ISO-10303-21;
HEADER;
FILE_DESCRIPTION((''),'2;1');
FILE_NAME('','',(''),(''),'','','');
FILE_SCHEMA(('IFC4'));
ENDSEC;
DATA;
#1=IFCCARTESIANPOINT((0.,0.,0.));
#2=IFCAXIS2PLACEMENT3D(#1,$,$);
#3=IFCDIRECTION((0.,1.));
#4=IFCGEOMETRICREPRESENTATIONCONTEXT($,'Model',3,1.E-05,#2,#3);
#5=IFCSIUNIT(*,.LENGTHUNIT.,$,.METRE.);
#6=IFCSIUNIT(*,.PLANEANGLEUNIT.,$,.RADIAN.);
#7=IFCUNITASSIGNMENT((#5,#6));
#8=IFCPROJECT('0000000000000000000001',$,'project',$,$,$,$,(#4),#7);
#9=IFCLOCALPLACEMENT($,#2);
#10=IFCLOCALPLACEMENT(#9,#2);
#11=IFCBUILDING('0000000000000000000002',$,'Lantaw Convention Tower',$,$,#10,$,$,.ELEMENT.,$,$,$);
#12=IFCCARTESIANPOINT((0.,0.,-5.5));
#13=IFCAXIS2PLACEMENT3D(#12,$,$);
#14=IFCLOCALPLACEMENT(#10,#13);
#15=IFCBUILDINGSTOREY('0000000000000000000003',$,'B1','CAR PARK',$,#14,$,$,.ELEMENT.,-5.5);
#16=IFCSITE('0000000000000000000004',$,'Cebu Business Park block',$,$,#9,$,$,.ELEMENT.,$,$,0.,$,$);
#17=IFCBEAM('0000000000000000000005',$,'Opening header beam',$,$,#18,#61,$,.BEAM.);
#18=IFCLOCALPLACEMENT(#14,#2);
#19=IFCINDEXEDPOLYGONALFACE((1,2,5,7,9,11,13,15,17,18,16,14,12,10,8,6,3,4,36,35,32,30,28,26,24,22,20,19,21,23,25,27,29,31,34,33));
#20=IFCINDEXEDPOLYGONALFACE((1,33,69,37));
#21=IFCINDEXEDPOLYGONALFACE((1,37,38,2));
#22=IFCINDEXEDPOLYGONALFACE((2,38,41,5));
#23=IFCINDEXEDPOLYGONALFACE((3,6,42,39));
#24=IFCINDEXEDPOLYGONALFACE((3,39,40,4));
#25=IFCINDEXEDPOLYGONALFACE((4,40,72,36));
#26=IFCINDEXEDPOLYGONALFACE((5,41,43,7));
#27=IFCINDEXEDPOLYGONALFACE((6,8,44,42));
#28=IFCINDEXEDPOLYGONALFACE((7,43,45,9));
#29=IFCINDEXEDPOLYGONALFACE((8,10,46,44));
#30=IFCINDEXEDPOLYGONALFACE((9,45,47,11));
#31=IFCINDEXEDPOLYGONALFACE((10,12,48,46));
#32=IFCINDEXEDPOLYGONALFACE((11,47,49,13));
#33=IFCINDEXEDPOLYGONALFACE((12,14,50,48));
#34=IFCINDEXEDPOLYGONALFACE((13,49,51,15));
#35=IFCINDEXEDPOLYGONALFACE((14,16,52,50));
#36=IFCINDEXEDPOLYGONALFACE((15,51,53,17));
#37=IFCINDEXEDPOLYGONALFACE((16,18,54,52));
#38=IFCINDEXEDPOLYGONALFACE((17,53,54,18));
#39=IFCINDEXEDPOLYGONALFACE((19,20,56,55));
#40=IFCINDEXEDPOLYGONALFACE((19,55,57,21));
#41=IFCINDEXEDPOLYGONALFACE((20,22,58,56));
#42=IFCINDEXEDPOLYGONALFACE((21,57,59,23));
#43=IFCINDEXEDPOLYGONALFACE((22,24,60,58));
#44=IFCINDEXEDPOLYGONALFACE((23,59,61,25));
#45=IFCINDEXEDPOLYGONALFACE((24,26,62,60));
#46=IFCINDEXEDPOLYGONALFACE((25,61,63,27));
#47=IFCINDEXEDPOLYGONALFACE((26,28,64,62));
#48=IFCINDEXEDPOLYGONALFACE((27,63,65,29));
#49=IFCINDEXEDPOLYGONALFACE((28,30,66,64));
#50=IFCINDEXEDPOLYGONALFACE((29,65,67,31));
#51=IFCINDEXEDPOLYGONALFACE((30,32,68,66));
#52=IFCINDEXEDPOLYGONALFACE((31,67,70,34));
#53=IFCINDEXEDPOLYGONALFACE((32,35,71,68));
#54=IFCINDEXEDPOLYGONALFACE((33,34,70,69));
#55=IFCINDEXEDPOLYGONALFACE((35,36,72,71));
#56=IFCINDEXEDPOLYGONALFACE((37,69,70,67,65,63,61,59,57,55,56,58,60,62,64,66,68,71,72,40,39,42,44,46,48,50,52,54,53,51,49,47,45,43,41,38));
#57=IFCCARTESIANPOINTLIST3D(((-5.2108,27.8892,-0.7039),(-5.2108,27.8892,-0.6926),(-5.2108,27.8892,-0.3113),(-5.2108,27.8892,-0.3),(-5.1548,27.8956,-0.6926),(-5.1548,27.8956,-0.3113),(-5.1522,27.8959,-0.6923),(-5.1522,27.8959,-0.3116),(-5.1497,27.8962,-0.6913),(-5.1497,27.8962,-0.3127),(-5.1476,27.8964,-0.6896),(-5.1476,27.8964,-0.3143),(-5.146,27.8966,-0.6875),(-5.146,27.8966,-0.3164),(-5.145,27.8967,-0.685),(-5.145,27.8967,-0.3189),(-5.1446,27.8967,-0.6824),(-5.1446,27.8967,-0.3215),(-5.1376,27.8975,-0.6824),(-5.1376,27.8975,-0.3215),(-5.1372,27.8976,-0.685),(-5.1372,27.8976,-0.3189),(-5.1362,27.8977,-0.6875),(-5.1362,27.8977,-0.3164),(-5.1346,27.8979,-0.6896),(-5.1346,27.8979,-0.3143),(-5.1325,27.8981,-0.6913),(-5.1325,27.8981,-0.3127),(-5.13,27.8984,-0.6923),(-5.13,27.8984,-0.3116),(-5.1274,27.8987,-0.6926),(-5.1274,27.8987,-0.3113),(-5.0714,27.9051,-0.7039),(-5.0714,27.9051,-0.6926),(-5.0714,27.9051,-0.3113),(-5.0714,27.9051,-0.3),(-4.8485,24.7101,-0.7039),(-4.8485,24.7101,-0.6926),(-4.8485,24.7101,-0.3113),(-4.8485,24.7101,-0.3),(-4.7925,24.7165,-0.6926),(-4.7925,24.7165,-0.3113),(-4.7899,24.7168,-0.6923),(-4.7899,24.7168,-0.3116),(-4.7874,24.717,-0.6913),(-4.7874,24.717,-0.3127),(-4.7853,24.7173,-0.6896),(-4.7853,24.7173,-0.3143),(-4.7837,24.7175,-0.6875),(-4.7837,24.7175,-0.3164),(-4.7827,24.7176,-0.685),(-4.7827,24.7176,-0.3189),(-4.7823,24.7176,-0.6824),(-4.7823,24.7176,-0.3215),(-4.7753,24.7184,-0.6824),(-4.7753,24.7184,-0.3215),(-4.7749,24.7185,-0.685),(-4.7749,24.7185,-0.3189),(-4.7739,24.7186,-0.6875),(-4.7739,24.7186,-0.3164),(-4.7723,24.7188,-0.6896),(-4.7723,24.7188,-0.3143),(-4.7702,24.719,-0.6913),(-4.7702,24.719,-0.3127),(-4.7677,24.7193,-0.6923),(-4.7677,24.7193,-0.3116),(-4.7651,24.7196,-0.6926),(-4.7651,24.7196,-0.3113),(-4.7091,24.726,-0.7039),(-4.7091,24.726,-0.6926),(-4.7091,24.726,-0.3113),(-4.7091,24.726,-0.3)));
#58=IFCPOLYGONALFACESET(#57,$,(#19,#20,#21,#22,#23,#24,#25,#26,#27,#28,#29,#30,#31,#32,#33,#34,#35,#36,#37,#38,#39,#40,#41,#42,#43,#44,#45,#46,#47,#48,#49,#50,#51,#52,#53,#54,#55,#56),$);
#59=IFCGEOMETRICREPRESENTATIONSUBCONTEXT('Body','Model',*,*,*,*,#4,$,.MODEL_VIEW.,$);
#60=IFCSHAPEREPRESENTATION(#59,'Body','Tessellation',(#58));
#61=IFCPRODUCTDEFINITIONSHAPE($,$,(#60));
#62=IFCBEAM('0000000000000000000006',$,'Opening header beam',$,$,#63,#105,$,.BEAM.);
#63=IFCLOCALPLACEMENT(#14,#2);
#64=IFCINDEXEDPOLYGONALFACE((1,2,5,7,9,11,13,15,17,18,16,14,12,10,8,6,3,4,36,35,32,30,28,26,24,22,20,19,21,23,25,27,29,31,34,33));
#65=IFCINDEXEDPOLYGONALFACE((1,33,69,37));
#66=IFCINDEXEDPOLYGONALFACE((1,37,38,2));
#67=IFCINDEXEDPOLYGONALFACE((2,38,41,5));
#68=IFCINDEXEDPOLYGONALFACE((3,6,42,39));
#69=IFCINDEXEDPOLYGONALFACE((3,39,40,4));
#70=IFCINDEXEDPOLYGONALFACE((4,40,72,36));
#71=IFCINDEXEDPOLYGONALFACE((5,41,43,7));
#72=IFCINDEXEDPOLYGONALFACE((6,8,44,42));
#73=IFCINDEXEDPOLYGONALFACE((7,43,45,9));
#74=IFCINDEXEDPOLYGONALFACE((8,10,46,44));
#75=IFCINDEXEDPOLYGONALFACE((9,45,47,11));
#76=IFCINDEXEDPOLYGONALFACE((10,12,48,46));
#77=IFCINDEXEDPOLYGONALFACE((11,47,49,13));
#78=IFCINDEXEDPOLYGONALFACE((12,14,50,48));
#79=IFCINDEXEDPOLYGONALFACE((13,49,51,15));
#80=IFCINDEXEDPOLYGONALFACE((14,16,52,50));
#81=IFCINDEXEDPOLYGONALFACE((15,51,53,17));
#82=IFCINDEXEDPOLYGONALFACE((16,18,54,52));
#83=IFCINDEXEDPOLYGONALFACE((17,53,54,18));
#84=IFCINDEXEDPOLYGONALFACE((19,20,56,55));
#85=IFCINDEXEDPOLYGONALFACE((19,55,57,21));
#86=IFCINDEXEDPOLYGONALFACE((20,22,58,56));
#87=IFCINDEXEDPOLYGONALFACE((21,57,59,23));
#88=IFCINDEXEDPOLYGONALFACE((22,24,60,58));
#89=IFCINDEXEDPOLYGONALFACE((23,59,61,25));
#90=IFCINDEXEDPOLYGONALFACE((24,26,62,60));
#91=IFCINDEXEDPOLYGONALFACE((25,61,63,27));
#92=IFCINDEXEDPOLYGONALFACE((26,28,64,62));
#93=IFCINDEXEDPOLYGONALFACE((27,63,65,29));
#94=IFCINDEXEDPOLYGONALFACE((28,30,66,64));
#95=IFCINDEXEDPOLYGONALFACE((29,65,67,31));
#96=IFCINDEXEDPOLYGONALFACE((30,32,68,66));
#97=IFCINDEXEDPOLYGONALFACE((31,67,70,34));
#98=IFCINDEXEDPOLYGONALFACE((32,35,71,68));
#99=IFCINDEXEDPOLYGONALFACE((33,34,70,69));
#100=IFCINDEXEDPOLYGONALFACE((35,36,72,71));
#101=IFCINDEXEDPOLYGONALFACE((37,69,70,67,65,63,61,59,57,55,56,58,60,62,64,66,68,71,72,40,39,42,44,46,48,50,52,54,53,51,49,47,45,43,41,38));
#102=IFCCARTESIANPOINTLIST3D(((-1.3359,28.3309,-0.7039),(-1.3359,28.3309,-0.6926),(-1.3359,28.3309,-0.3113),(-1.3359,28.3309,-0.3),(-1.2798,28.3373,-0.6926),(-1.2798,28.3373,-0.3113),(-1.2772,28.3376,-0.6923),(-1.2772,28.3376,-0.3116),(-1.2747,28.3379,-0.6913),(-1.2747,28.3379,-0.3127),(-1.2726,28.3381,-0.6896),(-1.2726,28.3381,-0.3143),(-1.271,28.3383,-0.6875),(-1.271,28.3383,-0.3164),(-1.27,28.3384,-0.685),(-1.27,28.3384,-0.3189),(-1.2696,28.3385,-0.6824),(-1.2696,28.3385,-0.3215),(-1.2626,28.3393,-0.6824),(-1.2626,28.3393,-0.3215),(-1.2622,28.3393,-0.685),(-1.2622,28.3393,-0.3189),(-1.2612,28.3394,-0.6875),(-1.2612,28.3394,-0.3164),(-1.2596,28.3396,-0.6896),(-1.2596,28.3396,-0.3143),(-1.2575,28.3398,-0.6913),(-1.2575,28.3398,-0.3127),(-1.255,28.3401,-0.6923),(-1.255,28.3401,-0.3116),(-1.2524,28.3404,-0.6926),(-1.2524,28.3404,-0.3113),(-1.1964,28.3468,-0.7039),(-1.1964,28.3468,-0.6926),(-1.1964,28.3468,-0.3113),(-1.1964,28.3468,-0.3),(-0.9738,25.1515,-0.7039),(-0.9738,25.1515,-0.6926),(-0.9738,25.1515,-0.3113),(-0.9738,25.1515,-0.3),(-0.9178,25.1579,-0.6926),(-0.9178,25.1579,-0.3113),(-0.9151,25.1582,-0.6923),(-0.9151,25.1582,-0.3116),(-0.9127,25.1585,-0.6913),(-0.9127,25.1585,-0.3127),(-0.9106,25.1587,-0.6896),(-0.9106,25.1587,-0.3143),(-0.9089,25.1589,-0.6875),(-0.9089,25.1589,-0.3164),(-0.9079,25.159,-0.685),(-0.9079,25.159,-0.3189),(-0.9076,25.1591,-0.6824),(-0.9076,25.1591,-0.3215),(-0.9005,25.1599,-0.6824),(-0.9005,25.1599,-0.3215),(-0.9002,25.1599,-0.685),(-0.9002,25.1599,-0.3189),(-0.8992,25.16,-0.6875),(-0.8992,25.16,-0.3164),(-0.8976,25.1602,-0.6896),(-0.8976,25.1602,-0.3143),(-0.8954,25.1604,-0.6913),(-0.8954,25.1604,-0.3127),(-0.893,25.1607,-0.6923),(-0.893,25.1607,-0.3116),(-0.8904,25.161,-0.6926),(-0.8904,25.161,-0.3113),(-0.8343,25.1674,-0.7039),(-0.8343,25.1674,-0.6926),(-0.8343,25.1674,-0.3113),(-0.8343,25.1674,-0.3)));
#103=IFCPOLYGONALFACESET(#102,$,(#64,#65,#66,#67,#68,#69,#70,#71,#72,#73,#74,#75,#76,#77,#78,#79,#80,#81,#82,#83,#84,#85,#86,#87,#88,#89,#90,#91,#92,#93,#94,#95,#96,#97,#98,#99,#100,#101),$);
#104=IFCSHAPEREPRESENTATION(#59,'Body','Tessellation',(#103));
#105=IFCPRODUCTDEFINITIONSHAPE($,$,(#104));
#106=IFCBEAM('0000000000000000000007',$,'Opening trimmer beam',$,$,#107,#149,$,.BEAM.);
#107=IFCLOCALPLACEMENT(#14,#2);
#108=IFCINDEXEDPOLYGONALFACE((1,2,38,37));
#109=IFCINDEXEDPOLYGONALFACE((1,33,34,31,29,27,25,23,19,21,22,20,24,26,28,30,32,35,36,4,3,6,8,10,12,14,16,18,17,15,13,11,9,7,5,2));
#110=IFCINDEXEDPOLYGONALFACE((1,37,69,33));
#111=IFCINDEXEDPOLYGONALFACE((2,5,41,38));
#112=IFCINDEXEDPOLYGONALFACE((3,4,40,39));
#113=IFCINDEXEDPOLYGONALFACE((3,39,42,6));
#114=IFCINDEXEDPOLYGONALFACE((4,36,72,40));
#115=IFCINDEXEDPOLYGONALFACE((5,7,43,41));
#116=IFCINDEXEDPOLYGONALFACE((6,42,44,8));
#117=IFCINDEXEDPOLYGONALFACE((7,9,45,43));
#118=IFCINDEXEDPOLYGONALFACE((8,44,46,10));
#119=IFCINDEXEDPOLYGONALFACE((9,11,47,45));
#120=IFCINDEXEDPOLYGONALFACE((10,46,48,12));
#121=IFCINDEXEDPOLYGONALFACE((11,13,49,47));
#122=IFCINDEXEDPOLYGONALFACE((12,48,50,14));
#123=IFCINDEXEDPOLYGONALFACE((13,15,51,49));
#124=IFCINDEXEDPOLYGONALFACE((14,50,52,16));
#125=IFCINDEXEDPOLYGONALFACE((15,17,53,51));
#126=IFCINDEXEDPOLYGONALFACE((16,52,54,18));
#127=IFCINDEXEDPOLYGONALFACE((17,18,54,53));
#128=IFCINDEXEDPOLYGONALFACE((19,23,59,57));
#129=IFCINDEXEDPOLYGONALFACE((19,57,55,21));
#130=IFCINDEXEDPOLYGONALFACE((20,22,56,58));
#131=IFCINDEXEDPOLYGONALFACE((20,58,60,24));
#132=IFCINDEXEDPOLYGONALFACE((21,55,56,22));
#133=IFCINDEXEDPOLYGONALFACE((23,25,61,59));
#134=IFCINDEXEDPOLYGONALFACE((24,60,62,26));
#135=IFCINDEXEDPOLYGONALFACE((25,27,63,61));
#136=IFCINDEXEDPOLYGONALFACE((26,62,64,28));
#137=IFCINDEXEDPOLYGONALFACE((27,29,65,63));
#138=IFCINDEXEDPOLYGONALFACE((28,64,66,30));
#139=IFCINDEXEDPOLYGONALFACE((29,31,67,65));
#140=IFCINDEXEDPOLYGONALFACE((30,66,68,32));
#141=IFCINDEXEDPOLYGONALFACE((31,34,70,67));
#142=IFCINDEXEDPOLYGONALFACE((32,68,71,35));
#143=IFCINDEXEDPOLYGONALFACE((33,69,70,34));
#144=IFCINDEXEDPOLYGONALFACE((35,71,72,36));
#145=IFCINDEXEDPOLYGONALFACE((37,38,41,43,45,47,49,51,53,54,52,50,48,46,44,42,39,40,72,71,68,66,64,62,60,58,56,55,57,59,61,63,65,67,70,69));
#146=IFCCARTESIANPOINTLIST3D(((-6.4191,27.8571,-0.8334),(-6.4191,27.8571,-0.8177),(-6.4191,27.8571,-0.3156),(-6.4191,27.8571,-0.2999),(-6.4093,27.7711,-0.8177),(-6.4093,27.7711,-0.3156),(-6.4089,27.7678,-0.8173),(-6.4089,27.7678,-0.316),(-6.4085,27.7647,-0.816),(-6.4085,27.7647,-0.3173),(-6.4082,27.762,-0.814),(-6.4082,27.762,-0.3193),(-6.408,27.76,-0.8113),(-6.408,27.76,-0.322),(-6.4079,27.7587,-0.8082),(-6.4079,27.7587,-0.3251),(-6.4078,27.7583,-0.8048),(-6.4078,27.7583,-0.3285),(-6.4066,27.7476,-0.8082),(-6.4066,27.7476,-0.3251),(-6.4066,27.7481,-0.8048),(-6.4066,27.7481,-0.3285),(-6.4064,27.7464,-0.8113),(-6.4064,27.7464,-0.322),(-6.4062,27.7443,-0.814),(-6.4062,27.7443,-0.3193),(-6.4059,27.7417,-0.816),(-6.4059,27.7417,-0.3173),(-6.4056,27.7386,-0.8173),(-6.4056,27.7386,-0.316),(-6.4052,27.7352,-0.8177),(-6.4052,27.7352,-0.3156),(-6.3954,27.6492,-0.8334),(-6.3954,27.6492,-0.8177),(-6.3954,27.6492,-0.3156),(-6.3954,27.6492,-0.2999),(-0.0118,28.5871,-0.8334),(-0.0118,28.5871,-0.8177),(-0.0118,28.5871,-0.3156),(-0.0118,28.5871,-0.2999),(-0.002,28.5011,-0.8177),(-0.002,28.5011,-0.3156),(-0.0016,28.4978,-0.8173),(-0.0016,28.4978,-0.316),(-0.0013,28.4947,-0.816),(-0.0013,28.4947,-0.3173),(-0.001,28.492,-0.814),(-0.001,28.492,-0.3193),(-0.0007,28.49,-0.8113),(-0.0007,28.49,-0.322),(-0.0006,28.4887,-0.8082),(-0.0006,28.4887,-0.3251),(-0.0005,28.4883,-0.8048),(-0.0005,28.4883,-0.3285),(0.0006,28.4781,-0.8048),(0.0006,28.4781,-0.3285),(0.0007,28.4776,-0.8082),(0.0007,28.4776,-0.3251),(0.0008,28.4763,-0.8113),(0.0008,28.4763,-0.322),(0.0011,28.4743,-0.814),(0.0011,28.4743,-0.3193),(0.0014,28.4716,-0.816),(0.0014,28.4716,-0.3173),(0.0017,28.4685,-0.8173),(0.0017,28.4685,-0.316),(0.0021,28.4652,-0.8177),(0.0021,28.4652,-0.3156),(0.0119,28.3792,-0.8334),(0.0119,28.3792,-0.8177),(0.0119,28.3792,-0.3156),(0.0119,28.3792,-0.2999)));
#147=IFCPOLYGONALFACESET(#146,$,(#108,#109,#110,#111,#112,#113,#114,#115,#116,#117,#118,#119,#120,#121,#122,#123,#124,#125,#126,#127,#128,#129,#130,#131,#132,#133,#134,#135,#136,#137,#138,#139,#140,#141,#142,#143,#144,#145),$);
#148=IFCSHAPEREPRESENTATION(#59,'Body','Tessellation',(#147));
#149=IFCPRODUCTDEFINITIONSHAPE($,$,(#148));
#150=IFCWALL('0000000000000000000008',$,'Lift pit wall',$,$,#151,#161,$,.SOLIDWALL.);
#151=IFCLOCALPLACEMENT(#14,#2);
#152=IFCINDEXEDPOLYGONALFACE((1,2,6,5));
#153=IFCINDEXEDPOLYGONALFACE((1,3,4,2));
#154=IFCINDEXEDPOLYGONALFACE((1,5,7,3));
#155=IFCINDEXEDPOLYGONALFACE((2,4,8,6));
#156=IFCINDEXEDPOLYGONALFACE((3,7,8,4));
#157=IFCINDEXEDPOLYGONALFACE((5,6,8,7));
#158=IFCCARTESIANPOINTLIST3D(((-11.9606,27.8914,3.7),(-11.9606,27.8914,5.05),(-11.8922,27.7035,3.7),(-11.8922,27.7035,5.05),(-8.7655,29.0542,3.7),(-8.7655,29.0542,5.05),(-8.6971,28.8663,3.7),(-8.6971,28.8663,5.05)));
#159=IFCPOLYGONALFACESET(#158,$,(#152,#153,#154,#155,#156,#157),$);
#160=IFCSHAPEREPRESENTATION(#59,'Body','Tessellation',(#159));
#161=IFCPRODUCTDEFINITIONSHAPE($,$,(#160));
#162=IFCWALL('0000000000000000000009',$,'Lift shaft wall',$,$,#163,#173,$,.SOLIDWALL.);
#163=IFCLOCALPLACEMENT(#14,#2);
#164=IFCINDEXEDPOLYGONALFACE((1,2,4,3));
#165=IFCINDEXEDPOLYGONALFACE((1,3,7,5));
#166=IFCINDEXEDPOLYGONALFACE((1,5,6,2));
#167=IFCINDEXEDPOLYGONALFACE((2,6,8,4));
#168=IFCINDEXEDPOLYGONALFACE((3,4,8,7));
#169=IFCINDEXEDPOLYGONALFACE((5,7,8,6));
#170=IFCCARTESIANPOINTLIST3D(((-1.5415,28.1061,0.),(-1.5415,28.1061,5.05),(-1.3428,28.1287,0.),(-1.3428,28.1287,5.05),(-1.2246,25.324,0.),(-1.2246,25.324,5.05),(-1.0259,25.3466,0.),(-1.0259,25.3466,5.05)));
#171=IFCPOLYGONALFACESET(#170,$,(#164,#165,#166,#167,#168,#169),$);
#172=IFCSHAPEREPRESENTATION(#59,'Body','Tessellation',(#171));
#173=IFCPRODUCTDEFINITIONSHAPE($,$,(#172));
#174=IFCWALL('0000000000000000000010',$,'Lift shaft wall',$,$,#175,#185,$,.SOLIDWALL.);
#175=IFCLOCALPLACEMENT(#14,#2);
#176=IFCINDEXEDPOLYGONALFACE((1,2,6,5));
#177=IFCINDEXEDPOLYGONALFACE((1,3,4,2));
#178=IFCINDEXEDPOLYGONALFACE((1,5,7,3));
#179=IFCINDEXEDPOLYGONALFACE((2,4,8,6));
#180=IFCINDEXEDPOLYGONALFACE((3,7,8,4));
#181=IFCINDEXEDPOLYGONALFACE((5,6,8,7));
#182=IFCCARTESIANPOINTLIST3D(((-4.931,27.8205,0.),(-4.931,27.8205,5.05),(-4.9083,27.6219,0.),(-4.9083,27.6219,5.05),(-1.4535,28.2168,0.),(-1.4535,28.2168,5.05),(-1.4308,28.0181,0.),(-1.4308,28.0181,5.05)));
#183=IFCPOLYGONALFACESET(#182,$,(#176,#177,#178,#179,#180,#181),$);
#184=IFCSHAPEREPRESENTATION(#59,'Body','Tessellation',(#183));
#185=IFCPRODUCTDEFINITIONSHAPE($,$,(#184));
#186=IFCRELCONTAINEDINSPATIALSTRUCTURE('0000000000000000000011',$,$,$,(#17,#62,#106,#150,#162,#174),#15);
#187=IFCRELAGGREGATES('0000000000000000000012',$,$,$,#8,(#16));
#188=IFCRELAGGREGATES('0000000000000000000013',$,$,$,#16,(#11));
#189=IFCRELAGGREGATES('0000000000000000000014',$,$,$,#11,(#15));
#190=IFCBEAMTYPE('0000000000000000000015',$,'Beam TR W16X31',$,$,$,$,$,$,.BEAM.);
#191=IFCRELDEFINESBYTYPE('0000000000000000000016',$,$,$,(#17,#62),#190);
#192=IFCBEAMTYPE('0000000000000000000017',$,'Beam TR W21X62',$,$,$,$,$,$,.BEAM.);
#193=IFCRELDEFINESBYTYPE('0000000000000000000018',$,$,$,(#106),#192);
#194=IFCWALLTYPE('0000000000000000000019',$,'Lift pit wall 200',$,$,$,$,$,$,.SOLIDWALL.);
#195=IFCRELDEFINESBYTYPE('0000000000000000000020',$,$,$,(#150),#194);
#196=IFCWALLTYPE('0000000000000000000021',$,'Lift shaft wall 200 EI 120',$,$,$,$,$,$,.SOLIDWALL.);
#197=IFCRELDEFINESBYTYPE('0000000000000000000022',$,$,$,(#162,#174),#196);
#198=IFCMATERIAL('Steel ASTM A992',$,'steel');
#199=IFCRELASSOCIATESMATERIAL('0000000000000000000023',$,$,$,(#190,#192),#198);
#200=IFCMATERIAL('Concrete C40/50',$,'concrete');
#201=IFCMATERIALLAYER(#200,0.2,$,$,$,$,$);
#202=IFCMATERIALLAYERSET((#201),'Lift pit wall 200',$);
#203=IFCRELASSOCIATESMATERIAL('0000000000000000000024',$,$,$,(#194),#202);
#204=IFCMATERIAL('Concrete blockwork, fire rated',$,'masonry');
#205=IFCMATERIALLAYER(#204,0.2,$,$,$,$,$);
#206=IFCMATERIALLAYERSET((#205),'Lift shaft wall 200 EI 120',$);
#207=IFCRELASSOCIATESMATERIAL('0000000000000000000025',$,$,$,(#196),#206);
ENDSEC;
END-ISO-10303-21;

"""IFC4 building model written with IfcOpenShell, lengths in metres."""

from ifc_helpers import new_model, si_unit, direction, frame, frame_2d, origin, origin_2d, place, context, subcontext, project, spatial, rectangle, i_section, extrude, material, layer, layer_set, material_profile, profile_set, type_object, element, save


model = new_model("IFC4")

# Units and contexts
model_context = context("Model", 3, precision=1e-05, world=origin(), true_north=direction((0.0, 1.0)))
body_context = subcontext(model_context, "Body", "Model", "MODEL_VIEW")
ifc_project = project(units=[si_unit("LENGTHUNIT", "METRE"), si_unit("PLANEANGLEUNIT", "RADIAN")], contexts=[model_context])

# Site, building, storey
site_placement = place(None, origin())
site = spatial("IfcSite", under=ifc_project, at=site_placement, Name="Cebu Business Park block", CompositionType="ELEMENT", RefElevation=0.0)
building_placement = place(site_placement, origin())
building = spatial("IfcBuilding", under=site, at=building_placement, Name="Lantaw Convention Tower", CompositionType="ELEMENT")
storey_placement = place(building_placement, frame((0.0, 0.0, -5.5)))
storey = spatial("IfcBuildingStorey", under=building, at=storey_placement, Name="B1", Description="CAR PARK", CompositionType="ELEMENT", Elevation=-5.5)

# Beams
ifc_material_1 = material(Name="Steel ASTM A992", Category="steel")
ifc_material_profile_1 = material_profile(ifc_material_1, i_section(OverallWidth=0.1404, OverallDepth=0.4038, WebThickness=0.0071, FlangeThickness=0.0112, FilletRadius=0.0103, at=origin_2d()), Name="W16X31")
ifc_profile_set_1 = profile_set([ifc_material_profile_1], Name="Steel ASTM A992")
beam_type_1 = type_object("IfcBeamType", Name="Beam TR W16X31", PredefinedType="BEAM", material=ifc_profile_set_1)
beam_1_placement = place(storey_placement, frame((-4.7788, 24.718, -0.502), z_axis=(-0.113228, 0.993569, 0.0), x_axis=(-0.993569, -0.113228, 0.0)))
element("IfcBeam", 1, at=beam_1_placement, inside=storey, type_object=beam_type_1, Name="Opening header beam", PredefinedType="BEAM", context=body_context, shape_type="SweptSolid", body=[
    extrude(i_section(OverallWidth=0.1404, OverallDepth=0.4038, WebThickness=0.0071, FlangeThickness=0.0112, FilletRadius=0.0103, at=origin_2d()), origin(), (0.0, 0.0, 1.0), 3.1997),
])
beam_2_placement = place(storey_placement, frame((-1.2661, 28.3389, -0.502), z_axis=(0.113144, -0.993579, 0.0), x_axis=(0.993579, 0.113144, 0.0)))
element("IfcBeam", 2, at=beam_2_placement, inside=storey, type_object=beam_type_1, Name="Opening header beam", PredefinedType="BEAM", context=body_context, shape_type="SweptSolid", body=[
    extrude(i_section(OverallWidth=0.1404, OverallDepth=0.4038, WebThickness=0.0071, FlangeThickness=0.0112, FilletRadius=0.0103, at=origin_2d()), origin(), (0.0, 0.0, 1.0), 3.2),
])
ifc_material_profile_2 = material_profile(ifc_material_1, i_section(OverallWidth=0.2092, OverallDepth=0.5334, WebThickness=0.0103, FlangeThickness=0.0156, FilletRadius=0.0129, at=origin_2d()), Name="W21X62")
ifc_profile_set_2 = profile_set([ifc_material_profile_2], Name="Steel ASTM A992")
beam_type_2 = type_object("IfcBeamType", Name="Beam TR W21X62", PredefinedType="BEAM", material=ifc_profile_set_2)
beam_3_placement = place(storey_placement, frame((-6.4072, 27.7532, -0.5667), z_axis=(0.993572, 0.113199, 0.0), x_axis=(-0.113199, 0.993572, 0.0)))
element("IfcBeam", 3, at=beam_3_placement, inside=storey, type_object=beam_type_2, Name="Opening trimmer beam", PredefinedType="BEAM", context=body_context, shape_type="SweptSolid", body=[
    extrude(i_section(OverallWidth=0.2092, OverallDepth=0.5334, WebThickness=0.0103, FlangeThickness=0.0156, FilletRadius=0.0129, at=origin_2d()), origin(), (0.0, 0.0, 1.0), 6.4487),
])

# Walls
ifc_material_2 = material(Name="Concrete C40/50", Category="concrete")
ifc_layer_1 = layer(ifc_material_2, 0.2)
ifc_layer_set_1 = layer_set([ifc_layer_1], Name="Lift pit wall 200")
wall_type_1 = type_object("IfcWallType", Name="Lift pit wall 200", PredefinedType="SOLIDWALL", material=ifc_layer_set_1)
wall_1_placement = place(storey_placement, frame((-11.9265, 27.7974, 3.7), z_axis=(0.0, 0.0, 1.0), x_axis=(0.939699, 0.342002, 0.0)))
element("IfcWall", 4, at=wall_1_placement, inside=storey, type_object=wall_type_1, Name="Lift pit wall", PredefinedType="SOLIDWALL", context=body_context, shape_type="SweptSolid", body=[
    extrude(rectangle(XDim=3.4001, YDim=0.2, at=frame_2d((1.7002, 0.0))), origin(), (0.0, 0.0, 1.0), 1.3501),
])
ifc_material_3 = material(Name="Concrete blockwork, fire rated", Category="masonry")
ifc_layer_2 = layer(ifc_material_3, 0.2)
ifc_layer_set_2 = layer_set([ifc_layer_2], Name="Lift shaft wall 200 EI 120")
wall_type_2 = type_object("IfcWallType", Name="Lift shaft wall 200 EI 120", PredefinedType="SOLIDWALL", material=ifc_layer_set_2)
wall_2_placement = place(storey_placement, frame((-1.1252, 25.3354, 0.0), z_axis=(0.0, 0.0, 1.0), x_axis=(-0.113178, 0.993575, 0.0)))
element("IfcWall", 5, at=wall_2_placement, inside=storey, type_object=wall_type_2, Name="Lift shaft wall", PredefinedType="SOLIDWALL", context=body_context, shape_type="SweptSolid", body=[
    extrude(rectangle(XDim=2.8, YDim=0.2, at=frame_2d((1.3999, 0.0))), origin(), (0.0, 0.0, 1.0), 5.05),
])
wall_3_placement = place(storey_placement, frame((-1.4421, 28.1174, 0.0), z_axis=(0.0, 0.0, 1.0), x_axis=(-0.993571, -0.11321, 0.0)))
element("IfcWall", 6, at=wall_3_placement, inside=storey, type_object=wall_type_2, Name="Lift shaft wall", PredefinedType="SOLIDWALL", context=body_context, shape_type="SweptSolid", body=[
    extrude(rectangle(XDim=3.5, YDim=0.2, at=frame_2d((1.75, 0.0))), origin(), (0.0, 0.0, 1.0), 5.05),
])

save(model, "model.ifc")
